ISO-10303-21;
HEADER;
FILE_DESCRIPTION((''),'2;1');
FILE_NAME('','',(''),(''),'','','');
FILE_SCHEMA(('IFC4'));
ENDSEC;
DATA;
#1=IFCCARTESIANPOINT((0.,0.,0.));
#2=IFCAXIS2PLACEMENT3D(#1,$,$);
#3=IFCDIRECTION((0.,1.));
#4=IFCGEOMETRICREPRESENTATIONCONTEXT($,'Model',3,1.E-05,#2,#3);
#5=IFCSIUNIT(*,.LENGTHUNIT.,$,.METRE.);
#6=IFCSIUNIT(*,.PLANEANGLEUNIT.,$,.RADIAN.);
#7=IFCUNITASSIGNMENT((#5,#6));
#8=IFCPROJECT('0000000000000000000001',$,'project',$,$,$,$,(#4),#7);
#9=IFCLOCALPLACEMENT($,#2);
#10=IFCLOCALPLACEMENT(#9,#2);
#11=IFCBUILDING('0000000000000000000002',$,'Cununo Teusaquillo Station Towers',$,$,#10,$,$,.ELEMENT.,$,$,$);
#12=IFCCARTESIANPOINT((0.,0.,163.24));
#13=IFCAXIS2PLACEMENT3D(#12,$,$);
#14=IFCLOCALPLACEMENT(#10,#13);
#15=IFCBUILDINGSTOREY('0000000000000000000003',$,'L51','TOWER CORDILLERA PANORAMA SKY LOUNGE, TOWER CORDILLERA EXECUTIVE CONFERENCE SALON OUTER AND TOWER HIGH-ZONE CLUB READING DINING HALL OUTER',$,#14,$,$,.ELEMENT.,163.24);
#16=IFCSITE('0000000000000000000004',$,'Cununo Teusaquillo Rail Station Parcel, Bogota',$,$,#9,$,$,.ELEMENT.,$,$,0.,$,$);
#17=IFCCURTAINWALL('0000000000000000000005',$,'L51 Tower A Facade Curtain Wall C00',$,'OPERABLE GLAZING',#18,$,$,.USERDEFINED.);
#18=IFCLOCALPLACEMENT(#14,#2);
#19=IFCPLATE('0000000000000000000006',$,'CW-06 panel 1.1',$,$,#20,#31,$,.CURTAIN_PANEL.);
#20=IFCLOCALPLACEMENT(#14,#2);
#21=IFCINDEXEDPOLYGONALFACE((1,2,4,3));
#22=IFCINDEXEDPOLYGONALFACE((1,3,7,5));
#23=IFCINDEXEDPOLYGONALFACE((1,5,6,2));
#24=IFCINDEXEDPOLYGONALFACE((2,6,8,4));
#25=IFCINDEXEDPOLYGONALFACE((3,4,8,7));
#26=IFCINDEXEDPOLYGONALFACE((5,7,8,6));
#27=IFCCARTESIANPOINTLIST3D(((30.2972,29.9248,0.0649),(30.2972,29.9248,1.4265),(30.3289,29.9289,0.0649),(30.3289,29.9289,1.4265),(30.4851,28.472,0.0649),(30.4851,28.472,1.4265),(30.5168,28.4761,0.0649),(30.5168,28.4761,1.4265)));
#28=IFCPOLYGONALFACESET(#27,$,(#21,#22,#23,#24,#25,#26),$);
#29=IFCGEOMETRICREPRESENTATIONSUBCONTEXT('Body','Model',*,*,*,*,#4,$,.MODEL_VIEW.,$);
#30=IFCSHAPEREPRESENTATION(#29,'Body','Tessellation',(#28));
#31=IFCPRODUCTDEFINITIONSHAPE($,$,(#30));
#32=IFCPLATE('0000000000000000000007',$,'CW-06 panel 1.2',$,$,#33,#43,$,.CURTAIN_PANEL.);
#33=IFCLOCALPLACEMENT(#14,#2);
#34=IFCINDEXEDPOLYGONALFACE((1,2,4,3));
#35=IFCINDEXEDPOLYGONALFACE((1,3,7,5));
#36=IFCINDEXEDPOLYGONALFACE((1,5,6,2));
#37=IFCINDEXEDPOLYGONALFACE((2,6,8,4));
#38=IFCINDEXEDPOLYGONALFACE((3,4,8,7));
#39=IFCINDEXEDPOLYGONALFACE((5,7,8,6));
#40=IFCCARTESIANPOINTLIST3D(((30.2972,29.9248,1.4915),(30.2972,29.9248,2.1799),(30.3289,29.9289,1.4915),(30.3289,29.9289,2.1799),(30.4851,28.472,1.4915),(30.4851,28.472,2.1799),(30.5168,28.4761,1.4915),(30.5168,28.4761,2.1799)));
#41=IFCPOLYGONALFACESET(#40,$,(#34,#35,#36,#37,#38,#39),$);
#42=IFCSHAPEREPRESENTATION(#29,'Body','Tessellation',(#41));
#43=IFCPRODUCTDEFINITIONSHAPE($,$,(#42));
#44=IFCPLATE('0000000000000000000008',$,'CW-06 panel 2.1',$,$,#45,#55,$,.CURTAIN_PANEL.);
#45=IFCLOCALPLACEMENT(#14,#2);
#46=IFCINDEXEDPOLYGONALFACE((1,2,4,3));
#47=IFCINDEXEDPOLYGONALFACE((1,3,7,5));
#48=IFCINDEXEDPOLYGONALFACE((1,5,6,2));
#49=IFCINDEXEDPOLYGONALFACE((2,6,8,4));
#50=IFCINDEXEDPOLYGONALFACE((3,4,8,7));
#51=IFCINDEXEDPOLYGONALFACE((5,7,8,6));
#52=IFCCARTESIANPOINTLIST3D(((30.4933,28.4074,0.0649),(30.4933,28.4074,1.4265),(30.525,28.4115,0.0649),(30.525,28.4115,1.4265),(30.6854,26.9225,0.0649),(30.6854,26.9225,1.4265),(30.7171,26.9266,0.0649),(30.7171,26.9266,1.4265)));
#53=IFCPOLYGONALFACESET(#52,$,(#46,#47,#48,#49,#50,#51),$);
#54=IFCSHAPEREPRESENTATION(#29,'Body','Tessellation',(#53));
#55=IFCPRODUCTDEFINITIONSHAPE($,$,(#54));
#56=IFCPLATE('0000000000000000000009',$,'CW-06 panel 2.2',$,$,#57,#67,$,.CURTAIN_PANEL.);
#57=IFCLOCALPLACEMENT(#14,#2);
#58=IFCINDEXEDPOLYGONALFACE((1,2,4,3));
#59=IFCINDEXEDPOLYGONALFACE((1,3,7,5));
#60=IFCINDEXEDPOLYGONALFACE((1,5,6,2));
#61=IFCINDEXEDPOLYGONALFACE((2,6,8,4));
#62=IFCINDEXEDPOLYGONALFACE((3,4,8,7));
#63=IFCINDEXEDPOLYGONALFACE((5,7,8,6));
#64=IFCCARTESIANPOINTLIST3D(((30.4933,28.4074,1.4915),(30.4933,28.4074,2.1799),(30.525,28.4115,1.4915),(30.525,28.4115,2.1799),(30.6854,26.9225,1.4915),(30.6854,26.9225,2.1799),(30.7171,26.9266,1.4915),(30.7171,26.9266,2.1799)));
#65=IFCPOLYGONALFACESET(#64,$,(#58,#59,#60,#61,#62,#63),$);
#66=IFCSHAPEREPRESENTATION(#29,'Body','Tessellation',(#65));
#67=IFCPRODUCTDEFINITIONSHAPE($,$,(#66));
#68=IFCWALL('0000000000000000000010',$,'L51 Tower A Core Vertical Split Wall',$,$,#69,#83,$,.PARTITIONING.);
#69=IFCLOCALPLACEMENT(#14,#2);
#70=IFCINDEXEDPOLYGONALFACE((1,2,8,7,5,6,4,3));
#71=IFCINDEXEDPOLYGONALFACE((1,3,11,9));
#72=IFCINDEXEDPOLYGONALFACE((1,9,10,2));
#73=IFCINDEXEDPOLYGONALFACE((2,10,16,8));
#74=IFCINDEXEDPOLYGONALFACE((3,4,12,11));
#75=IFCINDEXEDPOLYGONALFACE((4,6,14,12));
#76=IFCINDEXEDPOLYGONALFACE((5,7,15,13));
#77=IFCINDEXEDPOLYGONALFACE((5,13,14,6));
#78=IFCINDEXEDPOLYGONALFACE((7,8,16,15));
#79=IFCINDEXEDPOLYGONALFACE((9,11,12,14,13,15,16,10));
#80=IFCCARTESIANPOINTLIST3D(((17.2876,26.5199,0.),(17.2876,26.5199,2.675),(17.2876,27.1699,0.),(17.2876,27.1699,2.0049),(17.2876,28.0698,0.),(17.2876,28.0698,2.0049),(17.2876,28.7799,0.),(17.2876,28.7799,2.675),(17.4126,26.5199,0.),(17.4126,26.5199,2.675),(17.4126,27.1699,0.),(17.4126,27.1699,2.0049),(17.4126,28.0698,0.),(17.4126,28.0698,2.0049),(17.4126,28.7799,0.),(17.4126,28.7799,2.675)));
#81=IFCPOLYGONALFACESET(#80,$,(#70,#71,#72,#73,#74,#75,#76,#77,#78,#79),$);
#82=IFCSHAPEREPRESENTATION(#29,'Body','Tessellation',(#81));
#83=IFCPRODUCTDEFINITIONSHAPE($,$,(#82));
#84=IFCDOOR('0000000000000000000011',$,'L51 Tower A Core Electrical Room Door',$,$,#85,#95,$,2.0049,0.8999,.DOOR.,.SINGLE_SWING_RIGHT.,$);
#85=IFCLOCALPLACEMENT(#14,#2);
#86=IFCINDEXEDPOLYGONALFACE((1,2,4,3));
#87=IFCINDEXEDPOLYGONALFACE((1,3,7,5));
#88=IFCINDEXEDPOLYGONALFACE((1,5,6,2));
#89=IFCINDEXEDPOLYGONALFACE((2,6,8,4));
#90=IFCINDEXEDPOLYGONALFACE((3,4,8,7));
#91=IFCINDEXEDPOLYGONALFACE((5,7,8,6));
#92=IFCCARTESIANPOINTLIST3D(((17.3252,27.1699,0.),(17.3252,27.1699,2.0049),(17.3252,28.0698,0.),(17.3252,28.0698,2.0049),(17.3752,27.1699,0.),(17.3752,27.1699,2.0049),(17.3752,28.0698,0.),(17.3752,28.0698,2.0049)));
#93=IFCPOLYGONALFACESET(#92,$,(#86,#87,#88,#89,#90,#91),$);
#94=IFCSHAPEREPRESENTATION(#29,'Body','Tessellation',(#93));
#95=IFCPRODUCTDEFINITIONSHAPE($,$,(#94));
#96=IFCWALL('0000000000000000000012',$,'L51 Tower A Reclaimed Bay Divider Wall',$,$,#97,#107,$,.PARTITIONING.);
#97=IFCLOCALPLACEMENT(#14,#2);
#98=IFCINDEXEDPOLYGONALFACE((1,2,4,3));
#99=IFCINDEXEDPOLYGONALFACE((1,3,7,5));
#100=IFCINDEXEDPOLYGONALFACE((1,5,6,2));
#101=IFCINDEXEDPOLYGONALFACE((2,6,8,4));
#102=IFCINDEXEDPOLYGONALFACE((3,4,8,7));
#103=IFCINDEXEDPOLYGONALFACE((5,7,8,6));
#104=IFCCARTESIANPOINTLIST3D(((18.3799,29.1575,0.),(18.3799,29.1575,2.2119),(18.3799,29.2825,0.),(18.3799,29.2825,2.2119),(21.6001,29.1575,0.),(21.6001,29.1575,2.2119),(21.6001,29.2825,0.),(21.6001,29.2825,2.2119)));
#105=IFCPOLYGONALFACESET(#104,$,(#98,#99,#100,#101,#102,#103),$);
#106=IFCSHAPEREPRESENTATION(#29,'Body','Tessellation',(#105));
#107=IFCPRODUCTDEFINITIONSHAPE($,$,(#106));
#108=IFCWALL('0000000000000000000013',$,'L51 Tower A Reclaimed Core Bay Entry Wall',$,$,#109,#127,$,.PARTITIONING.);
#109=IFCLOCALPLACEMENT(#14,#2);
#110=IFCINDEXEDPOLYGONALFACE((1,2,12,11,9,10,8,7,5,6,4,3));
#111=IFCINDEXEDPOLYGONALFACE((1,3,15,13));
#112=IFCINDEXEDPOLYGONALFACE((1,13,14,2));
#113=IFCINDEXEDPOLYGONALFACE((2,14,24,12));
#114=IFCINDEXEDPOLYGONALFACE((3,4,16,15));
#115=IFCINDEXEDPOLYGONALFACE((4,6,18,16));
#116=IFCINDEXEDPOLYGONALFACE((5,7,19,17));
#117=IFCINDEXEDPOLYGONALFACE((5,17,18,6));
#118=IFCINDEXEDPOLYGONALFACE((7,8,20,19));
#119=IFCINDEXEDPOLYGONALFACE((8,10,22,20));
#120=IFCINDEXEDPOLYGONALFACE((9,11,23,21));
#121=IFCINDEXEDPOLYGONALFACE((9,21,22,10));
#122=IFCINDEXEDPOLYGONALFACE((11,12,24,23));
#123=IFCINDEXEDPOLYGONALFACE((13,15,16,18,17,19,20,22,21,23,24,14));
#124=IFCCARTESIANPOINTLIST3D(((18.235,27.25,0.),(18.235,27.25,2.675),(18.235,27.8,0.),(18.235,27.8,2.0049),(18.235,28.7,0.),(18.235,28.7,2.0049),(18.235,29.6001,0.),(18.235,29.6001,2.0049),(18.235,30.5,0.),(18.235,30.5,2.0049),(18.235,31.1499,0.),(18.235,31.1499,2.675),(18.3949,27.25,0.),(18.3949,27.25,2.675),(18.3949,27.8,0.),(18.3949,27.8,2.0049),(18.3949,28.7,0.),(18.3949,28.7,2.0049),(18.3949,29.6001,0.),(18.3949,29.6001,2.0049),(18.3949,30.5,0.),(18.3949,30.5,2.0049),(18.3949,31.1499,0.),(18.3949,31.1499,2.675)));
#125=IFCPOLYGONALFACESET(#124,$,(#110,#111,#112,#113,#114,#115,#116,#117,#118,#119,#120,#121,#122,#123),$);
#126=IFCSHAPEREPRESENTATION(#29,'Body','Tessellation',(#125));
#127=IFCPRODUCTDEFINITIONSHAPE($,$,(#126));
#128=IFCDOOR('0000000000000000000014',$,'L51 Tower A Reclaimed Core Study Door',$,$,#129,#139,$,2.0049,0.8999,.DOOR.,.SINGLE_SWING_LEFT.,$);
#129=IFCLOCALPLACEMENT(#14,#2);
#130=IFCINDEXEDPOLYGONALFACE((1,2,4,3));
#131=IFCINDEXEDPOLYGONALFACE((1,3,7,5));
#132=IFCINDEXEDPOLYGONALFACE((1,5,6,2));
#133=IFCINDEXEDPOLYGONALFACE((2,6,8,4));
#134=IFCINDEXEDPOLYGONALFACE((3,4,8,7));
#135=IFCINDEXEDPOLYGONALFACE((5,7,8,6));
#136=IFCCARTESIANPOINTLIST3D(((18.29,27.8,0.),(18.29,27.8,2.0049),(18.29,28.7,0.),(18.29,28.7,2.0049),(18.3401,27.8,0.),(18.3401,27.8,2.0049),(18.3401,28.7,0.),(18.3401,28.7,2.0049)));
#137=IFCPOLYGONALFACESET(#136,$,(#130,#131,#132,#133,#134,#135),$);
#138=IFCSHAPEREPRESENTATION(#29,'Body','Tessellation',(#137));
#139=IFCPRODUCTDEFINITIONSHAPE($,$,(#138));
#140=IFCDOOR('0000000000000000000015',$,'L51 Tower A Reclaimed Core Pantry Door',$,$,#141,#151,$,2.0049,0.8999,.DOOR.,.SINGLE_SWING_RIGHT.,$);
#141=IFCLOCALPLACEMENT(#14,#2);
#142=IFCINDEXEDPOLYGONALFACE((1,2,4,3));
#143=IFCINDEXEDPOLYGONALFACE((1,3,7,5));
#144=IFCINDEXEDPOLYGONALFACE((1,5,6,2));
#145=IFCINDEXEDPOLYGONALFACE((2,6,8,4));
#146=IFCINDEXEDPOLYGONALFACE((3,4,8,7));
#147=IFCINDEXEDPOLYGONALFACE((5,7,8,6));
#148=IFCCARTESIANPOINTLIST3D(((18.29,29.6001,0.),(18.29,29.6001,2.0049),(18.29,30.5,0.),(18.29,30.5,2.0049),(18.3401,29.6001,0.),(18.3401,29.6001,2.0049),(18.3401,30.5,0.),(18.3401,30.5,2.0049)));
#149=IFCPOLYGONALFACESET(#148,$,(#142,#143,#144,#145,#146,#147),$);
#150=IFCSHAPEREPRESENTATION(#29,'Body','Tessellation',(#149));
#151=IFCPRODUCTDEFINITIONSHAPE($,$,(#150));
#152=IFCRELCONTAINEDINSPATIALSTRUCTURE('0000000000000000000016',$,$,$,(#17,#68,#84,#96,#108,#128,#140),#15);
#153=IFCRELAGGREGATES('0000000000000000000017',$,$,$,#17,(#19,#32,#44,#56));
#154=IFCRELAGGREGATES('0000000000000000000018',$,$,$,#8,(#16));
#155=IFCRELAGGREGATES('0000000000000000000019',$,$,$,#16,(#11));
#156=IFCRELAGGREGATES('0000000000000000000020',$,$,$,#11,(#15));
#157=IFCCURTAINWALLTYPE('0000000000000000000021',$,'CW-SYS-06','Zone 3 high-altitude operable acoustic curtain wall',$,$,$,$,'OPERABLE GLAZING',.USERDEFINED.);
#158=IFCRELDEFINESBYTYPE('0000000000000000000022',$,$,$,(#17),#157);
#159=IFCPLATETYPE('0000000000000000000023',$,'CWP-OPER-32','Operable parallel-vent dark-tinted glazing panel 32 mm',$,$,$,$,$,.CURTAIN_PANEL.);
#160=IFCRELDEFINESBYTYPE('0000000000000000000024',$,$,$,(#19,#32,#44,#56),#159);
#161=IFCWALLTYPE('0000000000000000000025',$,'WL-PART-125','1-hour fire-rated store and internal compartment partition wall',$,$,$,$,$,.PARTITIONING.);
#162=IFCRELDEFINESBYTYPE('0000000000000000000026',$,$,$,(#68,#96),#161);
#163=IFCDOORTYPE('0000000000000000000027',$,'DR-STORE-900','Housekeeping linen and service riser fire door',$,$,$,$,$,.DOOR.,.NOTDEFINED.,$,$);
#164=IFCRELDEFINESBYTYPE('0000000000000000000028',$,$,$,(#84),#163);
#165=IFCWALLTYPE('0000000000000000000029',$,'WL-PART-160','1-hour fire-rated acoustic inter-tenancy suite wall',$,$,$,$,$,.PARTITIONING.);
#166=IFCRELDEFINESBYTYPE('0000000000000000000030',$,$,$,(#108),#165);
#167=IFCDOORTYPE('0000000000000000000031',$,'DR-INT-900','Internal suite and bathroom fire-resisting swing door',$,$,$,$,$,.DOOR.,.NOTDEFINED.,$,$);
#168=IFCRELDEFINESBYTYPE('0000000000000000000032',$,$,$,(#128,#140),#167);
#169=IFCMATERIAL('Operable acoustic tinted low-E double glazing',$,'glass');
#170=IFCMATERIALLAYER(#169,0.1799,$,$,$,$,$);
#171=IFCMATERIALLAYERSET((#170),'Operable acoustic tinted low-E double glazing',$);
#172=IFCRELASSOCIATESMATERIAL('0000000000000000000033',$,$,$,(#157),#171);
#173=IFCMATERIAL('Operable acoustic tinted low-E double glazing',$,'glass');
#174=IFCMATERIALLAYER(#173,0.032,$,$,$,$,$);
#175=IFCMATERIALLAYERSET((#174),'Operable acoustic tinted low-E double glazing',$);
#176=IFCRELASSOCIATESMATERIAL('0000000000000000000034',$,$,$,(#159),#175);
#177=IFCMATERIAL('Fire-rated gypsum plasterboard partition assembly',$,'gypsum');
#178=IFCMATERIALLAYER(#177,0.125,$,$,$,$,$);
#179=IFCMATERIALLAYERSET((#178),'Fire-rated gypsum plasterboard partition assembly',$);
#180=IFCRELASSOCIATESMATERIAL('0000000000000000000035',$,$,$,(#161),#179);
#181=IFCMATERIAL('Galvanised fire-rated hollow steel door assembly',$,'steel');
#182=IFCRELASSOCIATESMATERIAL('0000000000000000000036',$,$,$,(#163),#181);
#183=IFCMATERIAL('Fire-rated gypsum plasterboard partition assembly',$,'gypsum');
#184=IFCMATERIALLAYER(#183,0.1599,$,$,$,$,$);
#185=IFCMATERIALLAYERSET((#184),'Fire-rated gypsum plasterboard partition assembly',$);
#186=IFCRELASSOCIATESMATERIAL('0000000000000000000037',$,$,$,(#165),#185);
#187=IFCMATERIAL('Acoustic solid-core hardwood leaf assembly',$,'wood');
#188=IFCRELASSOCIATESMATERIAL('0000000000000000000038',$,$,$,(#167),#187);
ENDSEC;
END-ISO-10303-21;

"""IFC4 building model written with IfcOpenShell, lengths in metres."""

from ifc_helpers import new_model, si_unit, direction, frame, frame_2d, origin, origin_2d, place, context, subcontext, project, spatial, rectangle, extrude, source, transform, mapped, material, layer, layer_set, type_object, element, fill, aggregate, save


model = new_model("IFC4")

# Units and contexts
model_context = context("Model", 3, precision=1e-05, world=origin(), true_north=direction((0.0, 1.0)))
body_context = subcontext(model_context, "Body", "Model", "MODEL_VIEW")
ifc_project = project(units=[si_unit("LENGTHUNIT", "METRE"), si_unit("PLANEANGLEUNIT", "RADIAN")], contexts=[model_context])

# Site, building, storey
site_placement = place(None, origin())
site = spatial("IfcSite", under=ifc_project, at=site_placement, Name="Cununo Teusaquillo Rail Station Parcel, Bogota", CompositionType="ELEMENT", RefElevation=0.0)
building_placement = place(site_placement, origin())
building = spatial("IfcBuilding", under=site, at=building_placement, Name="Cununo Teusaquillo Station Towers", CompositionType="ELEMENT")
storey_placement = place(building_placement, frame((0.0, 0.0, 163.24)))
storey = spatial("IfcBuildingStorey", under=building, at=storey_placement, Name="L51", Description="TOWER CORDILLERA PANORAMA SKY LOUNGE, TOWER CORDILLERA EXECUTIVE CONFERENCE SALON OUTER AND TOWER HIGH-ZONE CLUB READING DINING HALL OUTER", CompositionType="ELEMENT", Elevation=163.24)

# Curtain wall, plates
ifc_material_1 = material(Name="Operable acoustic tinted low-E double glazing", Category="glass")
ifc_layer_1 = layer(ifc_material_1, 0.1799)
ifc_layer_set_1 = layer_set([ifc_layer_1], Name="Operable acoustic tinted low-E double glazing")
curtain_wall_type = type_object("IfcCurtainWallType", Name="CW-SYS-06", Description="Zone 3 high-altitude operable acoustic curtain wall", ElementType="OPERABLE GLAZING", PredefinedType="USERDEFINED", material=ifc_layer_set_1)
curtain_wall_placement = place(storey_placement, origin())
curtain_wall = element("IfcCurtainWall", 1, at=curtain_wall_placement, inside=storey, type_object=curtain_wall_type, Name="L51 Tower A Facade Curtain Wall C00", ObjectType="OPERABLE GLAZING", PredefinedType="USERDEFINED")
ifc_material_2 = material(Name="Operable acoustic tinted low-E double glazing", Category="glass")
ifc_layer_2 = layer(ifc_material_2, 0.032)
ifc_layer_set_2 = layer_set([ifc_layer_2], Name="Operable acoustic tinted low-E double glazing")
plate_type = type_object("IfcPlateType", Name="CWP-OPER-32", Description="Operable parallel-vent dark-tinted glazing panel 32 mm", PredefinedType="CURTAIN_PANEL", material=ifc_layer_set_2)
shared_shape_1 = source(origin(), body_context, "Body", "SweptSolid", [
    extrude(rectangle(XDim=1.4648, YDim=0.032, at=origin_2d()), origin(), (0.0, 0.0, 1.0), 1.3616),
])
plate_1_placement = place(storey_placement, frame((30.407, 29.2004, 0.0649), z_axis=(0.0, 0.0, 1.0), x_axis=(0.128293, -0.991736, 0.0)))
plate_1 = element("IfcPlate", 2, at=plate_1_placement, type_object=plate_type, Name="CW-06 panel 1.1", PredefinedType="CURTAIN_PANEL", context=body_context, shape_type="MappedRepresentation", body=[
    mapped(shared_shape_1, transform((0.0, 0.0, 0.0), x_axis=(1.0, 0.0, 0.0), y_axis=(0.0, 1.0, 0.0), z_axis=(0.0, 0.0, 1.0), scale=1.0)),
])
shared_shape_2 = source(origin(), body_context, "Body", "SweptSolid", [
    extrude(rectangle(XDim=1.4648, YDim=0.032, at=origin_2d()), origin(), (0.0, 0.0, 1.0), 0.6885),
])
plate_2_placement = place(storey_placement, frame((30.407, 29.2004, 1.4915), z_axis=(0.0, 0.0, 1.0), x_axis=(0.128293, -0.991736, 0.0)))
plate_2 = element("IfcPlate", 3, at=plate_2_placement, type_object=plate_type, Name="CW-06 panel 1.2", PredefinedType="CURTAIN_PANEL", context=body_context, shape_type="MappedRepresentation", body=[
    mapped(shared_shape_2, transform((0.0, 0.0, 0.0), x_axis=(1.0, 0.0, 0.0), y_axis=(0.0, 1.0, 0.0), z_axis=(0.0, 0.0, 1.0), scale=1.0)),
])
shared_shape_3 = source(origin(), body_context, "Body", "SweptSolid", [
    extrude(rectangle(XDim=1.4973, YDim=0.032, at=origin_2d()), origin(), (0.0, 0.0, 1.0), 1.3616),
])
plate_3_placement = place(storey_placement, frame((30.6052, 27.667, 0.0649), z_axis=(0.0, 0.0, 1.0), x_axis=(0.128293, -0.991736, 0.0)))
plate_3 = element("IfcPlate", 4, at=plate_3_placement, type_object=plate_type, Name="CW-06 panel 2.1", PredefinedType="CURTAIN_PANEL", context=body_context, shape_type="MappedRepresentation", body=[
    mapped(shared_shape_3, transform((0.0, 0.0, 0.0), x_axis=(1.0, 0.0, 0.0), y_axis=(0.0, 1.0, 0.0), z_axis=(0.0, 0.0, 1.0), scale=1.0)),
])
shared_shape_4 = source(origin(), body_context, "Body", "SweptSolid", [
    extrude(rectangle(XDim=1.4973, YDim=0.032, at=origin_2d()), origin(), (0.0, 0.0, 1.0), 0.6885),
])
plate_4_placement = place(storey_placement, frame((30.6052, 27.667, 1.4915), z_axis=(0.0, 0.0, 1.0), x_axis=(0.128293, -0.991736, 0.0)))
plate_4 = element("IfcPlate", 5, at=plate_4_placement, type_object=plate_type, Name="CW-06 panel 2.2", PredefinedType="CURTAIN_PANEL", context=body_context, shape_type="MappedRepresentation", body=[
    mapped(shared_shape_4, transform((0.0, 0.0, 0.0), x_axis=(1.0, 0.0, 0.0), y_axis=(0.0, 1.0, 0.0), z_axis=(0.0, 0.0, 1.0), scale=1.0)),
])
aggregate(curtain_wall, [plate_1, plate_2, plate_3, plate_4])

# Wall, opening, door
ifc_material_3 = material(Name="Fire-rated gypsum plasterboard partition assembly", Category="gypsum")
ifc_layer_3 = layer(ifc_material_3, 0.125)
ifc_layer_set_3 = layer_set([ifc_layer_3], Name="Fire-rated gypsum plasterboard partition assembly")
wall_type_1 = type_object("IfcWallType", Name="WL-PART-125", Description="1-hour fire-rated store and internal compartment partition wall", PredefinedType="PARTITIONING", material=ifc_layer_set_3)
wall_1_placement = place(storey_placement, frame((17.3501, 26.52, 0.0), z_axis=(0.0, 0.0, 1.0), x_axis=(0.0, 1.0, 0.0)))
wall_1 = element("IfcWall", 6, at=wall_1_placement, inside=storey, type_object=wall_type_1, Name="L51 Tower A Core Vertical Split Wall", PredefinedType="PARTITIONING", context=body_context, shape_type="SweptSolid", body=[
    extrude(rectangle(XDim=2.26, YDim=0.125, at=frame_2d((1.1299, 0.0))), origin(), (0.0, 0.0, 1.0), 2.675),
])
shared_shape_5 = source(origin(), body_context, "Body", "SweptSolid", [
    extrude(rectangle(XDim=0.8999, YDim=2.0049, at=frame_2d((0.45, 1.0024))), frame((0.0, 0.0725, 0.0), z_axis=(0.0, -1.0, 0.0), x_axis=(1.0, 0.0, 0.0)), (0.0, 0.0, 1.0), 0.145),
])
opening_1_placement = place(wall_1_placement, frame((0.6499, 0.0, 0.0)))
opening_1 = element("IfcOpeningElement", 7, at=opening_1_placement, cuts=wall_1, PredefinedType="OPENING", context=body_context, shape_type="MappedRepresentation", body=[
    mapped(shared_shape_5, transform((0.0, 0.0, 0.0), x_axis=(1.0, 0.0, 0.0), y_axis=(0.0, 1.0, 0.0), z_axis=(0.0, 0.0, 1.0), scale=1.0)),
])
ifc_material_4 = material(Name="Galvanised fire-rated hollow steel door assembly", Category="steel")
door_type_1 = type_object("IfcDoorType", Name="DR-STORE-900", Description="Housekeeping linen and service riser fire door", OperationType="NOTDEFINED", PredefinedType="DOOR", material=ifc_material_4)
shared_shape_6 = source(origin(), body_context, "Body", "SweptSolid", [
    extrude(rectangle(XDim=0.8999, YDim=2.0049, at=frame_2d((0.45, 1.0024))), frame((0.0, 0.0249, 0.0), z_axis=(0.0, -1.0, 0.0), x_axis=(1.0, 0.0, 0.0)), (0.0, 0.0, 1.0), 0.05),
])
door_1_placement = place(opening_1_placement, origin())
door_1 = element("IfcDoor", 8, at=door_1_placement, inside=storey, type_object=door_type_1, Name="L51 Tower A Core Electrical Room Door", OperationType="SINGLE_SWING_RIGHT", OverallHeight=2.0049, OverallWidth=0.8999, PredefinedType="DOOR", context=body_context, shape_type="MappedRepresentation", body=[
    mapped(shared_shape_6, transform((0.0, 0.0, 0.0), x_axis=(1.0, 0.0, 0.0), y_axis=(0.0, 1.0, 0.0), z_axis=(0.0, 0.0, 1.0), scale=1.0)),
])
fill(opening_1, door_1)

# Wall
wall_2_placement = place(storey_placement, frame((18.3799, 29.22, 0.0), z_axis=(0.0, 0.0, 1.0), x_axis=(1.0, 0.0, 0.0)))
element("IfcWall", 9, at=wall_2_placement, inside=storey, type_object=wall_type_1, Name="L51 Tower A Reclaimed Bay Divider Wall", PredefinedType="PARTITIONING", context=body_context, shape_type="SweptSolid", body=[
    extrude(rectangle(XDim=3.2202, YDim=0.125, at=frame_2d((1.6101, 0.0))), origin(), (0.0, 0.0, 1.0), 2.2119),
])

# Wall, openings, doors
ifc_material_5 = material(Name="Fire-rated gypsum plasterboard partition assembly", Category="gypsum")
ifc_layer_4 = layer(ifc_material_5, 0.1599)
ifc_layer_set_4 = layer_set([ifc_layer_4], Name="Fire-rated gypsum plasterboard partition assembly")
wall_type_2 = type_object("IfcWallType", Name="WL-PART-160", Description="1-hour fire-rated acoustic inter-tenancy suite wall", PredefinedType="PARTITIONING", material=ifc_layer_set_4)
wall_3_placement = place(storey_placement, frame((18.3149, 27.25, 0.0), z_axis=(0.0, 0.0, 1.0), x_axis=(0.0, 1.0, 0.0)))
wall_3 = element("IfcWall", 10, at=wall_3_placement, inside=storey, type_object=wall_type_2, Name="L51 Tower A Reclaimed Core Bay Entry Wall", PredefinedType="PARTITIONING", context=body_context, shape_type="SweptSolid", body=[
    extrude(rectangle(XDim=3.8999, YDim=0.1599, at=frame_2d((1.95, 0.0))), origin(), (0.0, 0.0, 1.0), 2.675),
])
shared_shape_7 = source(origin(), body_context, "Body", "SweptSolid", [
    extrude(rectangle(XDim=0.8999, YDim=2.0049, at=frame_2d((0.45, 1.0024))), frame((0.0, 0.0898, 0.0), z_axis=(0.0, -1.0, 0.0), x_axis=(1.0, 0.0, 0.0)), (0.0, 0.0, 1.0), 0.1799),
])
opening_2_placement = place(wall_3_placement, frame((0.55, 0.0, 0.0)))
opening_2 = element("IfcOpeningElement", 11, at=opening_2_placement, cuts=wall_3, PredefinedType="OPENING", context=body_context, shape_type="MappedRepresentation", body=[
    mapped(shared_shape_7, transform((0.0, 0.0, 0.0), x_axis=(1.0, 0.0, 0.0), y_axis=(0.0, 1.0, 0.0), z_axis=(0.0, 0.0, 1.0), scale=1.0)),
])
opening_3_placement = place(wall_3_placement, frame((2.3501, 0.0, 0.0)))
opening_3 = element("IfcOpeningElement", 12, at=opening_3_placement, cuts=wall_3, PredefinedType="OPENING", context=body_context, shape_type="MappedRepresentation", body=[
    mapped(shared_shape_7, transform((0.0, 0.0, 0.0), x_axis=(1.0, 0.0, 0.0), y_axis=(0.0, 1.0, 0.0), z_axis=(0.0, 0.0, 1.0), scale=1.0)),
])
ifc_material_6 = material(Name="Acoustic solid-core hardwood leaf assembly", Category="wood")
door_type_2 = type_object("IfcDoorType", Name="DR-INT-900", Description="Internal suite and bathroom fire-resisting swing door", OperationType="NOTDEFINED", PredefinedType="DOOR", material=ifc_material_6)
door_2_placement = place(opening_2_placement, origin())
door_2 = element("IfcDoor", 13, at=door_2_placement, inside=storey, type_object=door_type_2, Name="L51 Tower A Reclaimed Core Study Door", OperationType="SINGLE_SWING_LEFT", OverallHeight=2.0049, OverallWidth=0.8999, PredefinedType="DOOR", context=body_context, shape_type="MappedRepresentation", body=[
    mapped(shared_shape_6, transform((0.0, 0.0, 0.0), x_axis=(1.0, 0.0, 0.0), y_axis=(0.0, 1.0, 0.0), z_axis=(0.0, 0.0, 1.0), scale=1.0)),
])
fill(opening_2, door_2)
door_3_placement = place(opening_3_placement, origin())
door_3 = element("IfcDoor", 14, at=door_3_placement, inside=storey, type_object=door_type_2, Name="L51 Tower A Reclaimed Core Pantry Door", OperationType="SINGLE_SWING_RIGHT", OverallHeight=2.0049, OverallWidth=0.8999, PredefinedType="DOOR", context=body_context, shape_type="MappedRepresentation", body=[
    mapped(shared_shape_6, transform((0.0, 0.0, 0.0), x_axis=(1.0, 0.0, 0.0), y_axis=(0.0, 1.0, 0.0), z_axis=(0.0, 0.0, 1.0), scale=1.0)),
])
fill(opening_3, door_3)

save(model, "model.ifc")
